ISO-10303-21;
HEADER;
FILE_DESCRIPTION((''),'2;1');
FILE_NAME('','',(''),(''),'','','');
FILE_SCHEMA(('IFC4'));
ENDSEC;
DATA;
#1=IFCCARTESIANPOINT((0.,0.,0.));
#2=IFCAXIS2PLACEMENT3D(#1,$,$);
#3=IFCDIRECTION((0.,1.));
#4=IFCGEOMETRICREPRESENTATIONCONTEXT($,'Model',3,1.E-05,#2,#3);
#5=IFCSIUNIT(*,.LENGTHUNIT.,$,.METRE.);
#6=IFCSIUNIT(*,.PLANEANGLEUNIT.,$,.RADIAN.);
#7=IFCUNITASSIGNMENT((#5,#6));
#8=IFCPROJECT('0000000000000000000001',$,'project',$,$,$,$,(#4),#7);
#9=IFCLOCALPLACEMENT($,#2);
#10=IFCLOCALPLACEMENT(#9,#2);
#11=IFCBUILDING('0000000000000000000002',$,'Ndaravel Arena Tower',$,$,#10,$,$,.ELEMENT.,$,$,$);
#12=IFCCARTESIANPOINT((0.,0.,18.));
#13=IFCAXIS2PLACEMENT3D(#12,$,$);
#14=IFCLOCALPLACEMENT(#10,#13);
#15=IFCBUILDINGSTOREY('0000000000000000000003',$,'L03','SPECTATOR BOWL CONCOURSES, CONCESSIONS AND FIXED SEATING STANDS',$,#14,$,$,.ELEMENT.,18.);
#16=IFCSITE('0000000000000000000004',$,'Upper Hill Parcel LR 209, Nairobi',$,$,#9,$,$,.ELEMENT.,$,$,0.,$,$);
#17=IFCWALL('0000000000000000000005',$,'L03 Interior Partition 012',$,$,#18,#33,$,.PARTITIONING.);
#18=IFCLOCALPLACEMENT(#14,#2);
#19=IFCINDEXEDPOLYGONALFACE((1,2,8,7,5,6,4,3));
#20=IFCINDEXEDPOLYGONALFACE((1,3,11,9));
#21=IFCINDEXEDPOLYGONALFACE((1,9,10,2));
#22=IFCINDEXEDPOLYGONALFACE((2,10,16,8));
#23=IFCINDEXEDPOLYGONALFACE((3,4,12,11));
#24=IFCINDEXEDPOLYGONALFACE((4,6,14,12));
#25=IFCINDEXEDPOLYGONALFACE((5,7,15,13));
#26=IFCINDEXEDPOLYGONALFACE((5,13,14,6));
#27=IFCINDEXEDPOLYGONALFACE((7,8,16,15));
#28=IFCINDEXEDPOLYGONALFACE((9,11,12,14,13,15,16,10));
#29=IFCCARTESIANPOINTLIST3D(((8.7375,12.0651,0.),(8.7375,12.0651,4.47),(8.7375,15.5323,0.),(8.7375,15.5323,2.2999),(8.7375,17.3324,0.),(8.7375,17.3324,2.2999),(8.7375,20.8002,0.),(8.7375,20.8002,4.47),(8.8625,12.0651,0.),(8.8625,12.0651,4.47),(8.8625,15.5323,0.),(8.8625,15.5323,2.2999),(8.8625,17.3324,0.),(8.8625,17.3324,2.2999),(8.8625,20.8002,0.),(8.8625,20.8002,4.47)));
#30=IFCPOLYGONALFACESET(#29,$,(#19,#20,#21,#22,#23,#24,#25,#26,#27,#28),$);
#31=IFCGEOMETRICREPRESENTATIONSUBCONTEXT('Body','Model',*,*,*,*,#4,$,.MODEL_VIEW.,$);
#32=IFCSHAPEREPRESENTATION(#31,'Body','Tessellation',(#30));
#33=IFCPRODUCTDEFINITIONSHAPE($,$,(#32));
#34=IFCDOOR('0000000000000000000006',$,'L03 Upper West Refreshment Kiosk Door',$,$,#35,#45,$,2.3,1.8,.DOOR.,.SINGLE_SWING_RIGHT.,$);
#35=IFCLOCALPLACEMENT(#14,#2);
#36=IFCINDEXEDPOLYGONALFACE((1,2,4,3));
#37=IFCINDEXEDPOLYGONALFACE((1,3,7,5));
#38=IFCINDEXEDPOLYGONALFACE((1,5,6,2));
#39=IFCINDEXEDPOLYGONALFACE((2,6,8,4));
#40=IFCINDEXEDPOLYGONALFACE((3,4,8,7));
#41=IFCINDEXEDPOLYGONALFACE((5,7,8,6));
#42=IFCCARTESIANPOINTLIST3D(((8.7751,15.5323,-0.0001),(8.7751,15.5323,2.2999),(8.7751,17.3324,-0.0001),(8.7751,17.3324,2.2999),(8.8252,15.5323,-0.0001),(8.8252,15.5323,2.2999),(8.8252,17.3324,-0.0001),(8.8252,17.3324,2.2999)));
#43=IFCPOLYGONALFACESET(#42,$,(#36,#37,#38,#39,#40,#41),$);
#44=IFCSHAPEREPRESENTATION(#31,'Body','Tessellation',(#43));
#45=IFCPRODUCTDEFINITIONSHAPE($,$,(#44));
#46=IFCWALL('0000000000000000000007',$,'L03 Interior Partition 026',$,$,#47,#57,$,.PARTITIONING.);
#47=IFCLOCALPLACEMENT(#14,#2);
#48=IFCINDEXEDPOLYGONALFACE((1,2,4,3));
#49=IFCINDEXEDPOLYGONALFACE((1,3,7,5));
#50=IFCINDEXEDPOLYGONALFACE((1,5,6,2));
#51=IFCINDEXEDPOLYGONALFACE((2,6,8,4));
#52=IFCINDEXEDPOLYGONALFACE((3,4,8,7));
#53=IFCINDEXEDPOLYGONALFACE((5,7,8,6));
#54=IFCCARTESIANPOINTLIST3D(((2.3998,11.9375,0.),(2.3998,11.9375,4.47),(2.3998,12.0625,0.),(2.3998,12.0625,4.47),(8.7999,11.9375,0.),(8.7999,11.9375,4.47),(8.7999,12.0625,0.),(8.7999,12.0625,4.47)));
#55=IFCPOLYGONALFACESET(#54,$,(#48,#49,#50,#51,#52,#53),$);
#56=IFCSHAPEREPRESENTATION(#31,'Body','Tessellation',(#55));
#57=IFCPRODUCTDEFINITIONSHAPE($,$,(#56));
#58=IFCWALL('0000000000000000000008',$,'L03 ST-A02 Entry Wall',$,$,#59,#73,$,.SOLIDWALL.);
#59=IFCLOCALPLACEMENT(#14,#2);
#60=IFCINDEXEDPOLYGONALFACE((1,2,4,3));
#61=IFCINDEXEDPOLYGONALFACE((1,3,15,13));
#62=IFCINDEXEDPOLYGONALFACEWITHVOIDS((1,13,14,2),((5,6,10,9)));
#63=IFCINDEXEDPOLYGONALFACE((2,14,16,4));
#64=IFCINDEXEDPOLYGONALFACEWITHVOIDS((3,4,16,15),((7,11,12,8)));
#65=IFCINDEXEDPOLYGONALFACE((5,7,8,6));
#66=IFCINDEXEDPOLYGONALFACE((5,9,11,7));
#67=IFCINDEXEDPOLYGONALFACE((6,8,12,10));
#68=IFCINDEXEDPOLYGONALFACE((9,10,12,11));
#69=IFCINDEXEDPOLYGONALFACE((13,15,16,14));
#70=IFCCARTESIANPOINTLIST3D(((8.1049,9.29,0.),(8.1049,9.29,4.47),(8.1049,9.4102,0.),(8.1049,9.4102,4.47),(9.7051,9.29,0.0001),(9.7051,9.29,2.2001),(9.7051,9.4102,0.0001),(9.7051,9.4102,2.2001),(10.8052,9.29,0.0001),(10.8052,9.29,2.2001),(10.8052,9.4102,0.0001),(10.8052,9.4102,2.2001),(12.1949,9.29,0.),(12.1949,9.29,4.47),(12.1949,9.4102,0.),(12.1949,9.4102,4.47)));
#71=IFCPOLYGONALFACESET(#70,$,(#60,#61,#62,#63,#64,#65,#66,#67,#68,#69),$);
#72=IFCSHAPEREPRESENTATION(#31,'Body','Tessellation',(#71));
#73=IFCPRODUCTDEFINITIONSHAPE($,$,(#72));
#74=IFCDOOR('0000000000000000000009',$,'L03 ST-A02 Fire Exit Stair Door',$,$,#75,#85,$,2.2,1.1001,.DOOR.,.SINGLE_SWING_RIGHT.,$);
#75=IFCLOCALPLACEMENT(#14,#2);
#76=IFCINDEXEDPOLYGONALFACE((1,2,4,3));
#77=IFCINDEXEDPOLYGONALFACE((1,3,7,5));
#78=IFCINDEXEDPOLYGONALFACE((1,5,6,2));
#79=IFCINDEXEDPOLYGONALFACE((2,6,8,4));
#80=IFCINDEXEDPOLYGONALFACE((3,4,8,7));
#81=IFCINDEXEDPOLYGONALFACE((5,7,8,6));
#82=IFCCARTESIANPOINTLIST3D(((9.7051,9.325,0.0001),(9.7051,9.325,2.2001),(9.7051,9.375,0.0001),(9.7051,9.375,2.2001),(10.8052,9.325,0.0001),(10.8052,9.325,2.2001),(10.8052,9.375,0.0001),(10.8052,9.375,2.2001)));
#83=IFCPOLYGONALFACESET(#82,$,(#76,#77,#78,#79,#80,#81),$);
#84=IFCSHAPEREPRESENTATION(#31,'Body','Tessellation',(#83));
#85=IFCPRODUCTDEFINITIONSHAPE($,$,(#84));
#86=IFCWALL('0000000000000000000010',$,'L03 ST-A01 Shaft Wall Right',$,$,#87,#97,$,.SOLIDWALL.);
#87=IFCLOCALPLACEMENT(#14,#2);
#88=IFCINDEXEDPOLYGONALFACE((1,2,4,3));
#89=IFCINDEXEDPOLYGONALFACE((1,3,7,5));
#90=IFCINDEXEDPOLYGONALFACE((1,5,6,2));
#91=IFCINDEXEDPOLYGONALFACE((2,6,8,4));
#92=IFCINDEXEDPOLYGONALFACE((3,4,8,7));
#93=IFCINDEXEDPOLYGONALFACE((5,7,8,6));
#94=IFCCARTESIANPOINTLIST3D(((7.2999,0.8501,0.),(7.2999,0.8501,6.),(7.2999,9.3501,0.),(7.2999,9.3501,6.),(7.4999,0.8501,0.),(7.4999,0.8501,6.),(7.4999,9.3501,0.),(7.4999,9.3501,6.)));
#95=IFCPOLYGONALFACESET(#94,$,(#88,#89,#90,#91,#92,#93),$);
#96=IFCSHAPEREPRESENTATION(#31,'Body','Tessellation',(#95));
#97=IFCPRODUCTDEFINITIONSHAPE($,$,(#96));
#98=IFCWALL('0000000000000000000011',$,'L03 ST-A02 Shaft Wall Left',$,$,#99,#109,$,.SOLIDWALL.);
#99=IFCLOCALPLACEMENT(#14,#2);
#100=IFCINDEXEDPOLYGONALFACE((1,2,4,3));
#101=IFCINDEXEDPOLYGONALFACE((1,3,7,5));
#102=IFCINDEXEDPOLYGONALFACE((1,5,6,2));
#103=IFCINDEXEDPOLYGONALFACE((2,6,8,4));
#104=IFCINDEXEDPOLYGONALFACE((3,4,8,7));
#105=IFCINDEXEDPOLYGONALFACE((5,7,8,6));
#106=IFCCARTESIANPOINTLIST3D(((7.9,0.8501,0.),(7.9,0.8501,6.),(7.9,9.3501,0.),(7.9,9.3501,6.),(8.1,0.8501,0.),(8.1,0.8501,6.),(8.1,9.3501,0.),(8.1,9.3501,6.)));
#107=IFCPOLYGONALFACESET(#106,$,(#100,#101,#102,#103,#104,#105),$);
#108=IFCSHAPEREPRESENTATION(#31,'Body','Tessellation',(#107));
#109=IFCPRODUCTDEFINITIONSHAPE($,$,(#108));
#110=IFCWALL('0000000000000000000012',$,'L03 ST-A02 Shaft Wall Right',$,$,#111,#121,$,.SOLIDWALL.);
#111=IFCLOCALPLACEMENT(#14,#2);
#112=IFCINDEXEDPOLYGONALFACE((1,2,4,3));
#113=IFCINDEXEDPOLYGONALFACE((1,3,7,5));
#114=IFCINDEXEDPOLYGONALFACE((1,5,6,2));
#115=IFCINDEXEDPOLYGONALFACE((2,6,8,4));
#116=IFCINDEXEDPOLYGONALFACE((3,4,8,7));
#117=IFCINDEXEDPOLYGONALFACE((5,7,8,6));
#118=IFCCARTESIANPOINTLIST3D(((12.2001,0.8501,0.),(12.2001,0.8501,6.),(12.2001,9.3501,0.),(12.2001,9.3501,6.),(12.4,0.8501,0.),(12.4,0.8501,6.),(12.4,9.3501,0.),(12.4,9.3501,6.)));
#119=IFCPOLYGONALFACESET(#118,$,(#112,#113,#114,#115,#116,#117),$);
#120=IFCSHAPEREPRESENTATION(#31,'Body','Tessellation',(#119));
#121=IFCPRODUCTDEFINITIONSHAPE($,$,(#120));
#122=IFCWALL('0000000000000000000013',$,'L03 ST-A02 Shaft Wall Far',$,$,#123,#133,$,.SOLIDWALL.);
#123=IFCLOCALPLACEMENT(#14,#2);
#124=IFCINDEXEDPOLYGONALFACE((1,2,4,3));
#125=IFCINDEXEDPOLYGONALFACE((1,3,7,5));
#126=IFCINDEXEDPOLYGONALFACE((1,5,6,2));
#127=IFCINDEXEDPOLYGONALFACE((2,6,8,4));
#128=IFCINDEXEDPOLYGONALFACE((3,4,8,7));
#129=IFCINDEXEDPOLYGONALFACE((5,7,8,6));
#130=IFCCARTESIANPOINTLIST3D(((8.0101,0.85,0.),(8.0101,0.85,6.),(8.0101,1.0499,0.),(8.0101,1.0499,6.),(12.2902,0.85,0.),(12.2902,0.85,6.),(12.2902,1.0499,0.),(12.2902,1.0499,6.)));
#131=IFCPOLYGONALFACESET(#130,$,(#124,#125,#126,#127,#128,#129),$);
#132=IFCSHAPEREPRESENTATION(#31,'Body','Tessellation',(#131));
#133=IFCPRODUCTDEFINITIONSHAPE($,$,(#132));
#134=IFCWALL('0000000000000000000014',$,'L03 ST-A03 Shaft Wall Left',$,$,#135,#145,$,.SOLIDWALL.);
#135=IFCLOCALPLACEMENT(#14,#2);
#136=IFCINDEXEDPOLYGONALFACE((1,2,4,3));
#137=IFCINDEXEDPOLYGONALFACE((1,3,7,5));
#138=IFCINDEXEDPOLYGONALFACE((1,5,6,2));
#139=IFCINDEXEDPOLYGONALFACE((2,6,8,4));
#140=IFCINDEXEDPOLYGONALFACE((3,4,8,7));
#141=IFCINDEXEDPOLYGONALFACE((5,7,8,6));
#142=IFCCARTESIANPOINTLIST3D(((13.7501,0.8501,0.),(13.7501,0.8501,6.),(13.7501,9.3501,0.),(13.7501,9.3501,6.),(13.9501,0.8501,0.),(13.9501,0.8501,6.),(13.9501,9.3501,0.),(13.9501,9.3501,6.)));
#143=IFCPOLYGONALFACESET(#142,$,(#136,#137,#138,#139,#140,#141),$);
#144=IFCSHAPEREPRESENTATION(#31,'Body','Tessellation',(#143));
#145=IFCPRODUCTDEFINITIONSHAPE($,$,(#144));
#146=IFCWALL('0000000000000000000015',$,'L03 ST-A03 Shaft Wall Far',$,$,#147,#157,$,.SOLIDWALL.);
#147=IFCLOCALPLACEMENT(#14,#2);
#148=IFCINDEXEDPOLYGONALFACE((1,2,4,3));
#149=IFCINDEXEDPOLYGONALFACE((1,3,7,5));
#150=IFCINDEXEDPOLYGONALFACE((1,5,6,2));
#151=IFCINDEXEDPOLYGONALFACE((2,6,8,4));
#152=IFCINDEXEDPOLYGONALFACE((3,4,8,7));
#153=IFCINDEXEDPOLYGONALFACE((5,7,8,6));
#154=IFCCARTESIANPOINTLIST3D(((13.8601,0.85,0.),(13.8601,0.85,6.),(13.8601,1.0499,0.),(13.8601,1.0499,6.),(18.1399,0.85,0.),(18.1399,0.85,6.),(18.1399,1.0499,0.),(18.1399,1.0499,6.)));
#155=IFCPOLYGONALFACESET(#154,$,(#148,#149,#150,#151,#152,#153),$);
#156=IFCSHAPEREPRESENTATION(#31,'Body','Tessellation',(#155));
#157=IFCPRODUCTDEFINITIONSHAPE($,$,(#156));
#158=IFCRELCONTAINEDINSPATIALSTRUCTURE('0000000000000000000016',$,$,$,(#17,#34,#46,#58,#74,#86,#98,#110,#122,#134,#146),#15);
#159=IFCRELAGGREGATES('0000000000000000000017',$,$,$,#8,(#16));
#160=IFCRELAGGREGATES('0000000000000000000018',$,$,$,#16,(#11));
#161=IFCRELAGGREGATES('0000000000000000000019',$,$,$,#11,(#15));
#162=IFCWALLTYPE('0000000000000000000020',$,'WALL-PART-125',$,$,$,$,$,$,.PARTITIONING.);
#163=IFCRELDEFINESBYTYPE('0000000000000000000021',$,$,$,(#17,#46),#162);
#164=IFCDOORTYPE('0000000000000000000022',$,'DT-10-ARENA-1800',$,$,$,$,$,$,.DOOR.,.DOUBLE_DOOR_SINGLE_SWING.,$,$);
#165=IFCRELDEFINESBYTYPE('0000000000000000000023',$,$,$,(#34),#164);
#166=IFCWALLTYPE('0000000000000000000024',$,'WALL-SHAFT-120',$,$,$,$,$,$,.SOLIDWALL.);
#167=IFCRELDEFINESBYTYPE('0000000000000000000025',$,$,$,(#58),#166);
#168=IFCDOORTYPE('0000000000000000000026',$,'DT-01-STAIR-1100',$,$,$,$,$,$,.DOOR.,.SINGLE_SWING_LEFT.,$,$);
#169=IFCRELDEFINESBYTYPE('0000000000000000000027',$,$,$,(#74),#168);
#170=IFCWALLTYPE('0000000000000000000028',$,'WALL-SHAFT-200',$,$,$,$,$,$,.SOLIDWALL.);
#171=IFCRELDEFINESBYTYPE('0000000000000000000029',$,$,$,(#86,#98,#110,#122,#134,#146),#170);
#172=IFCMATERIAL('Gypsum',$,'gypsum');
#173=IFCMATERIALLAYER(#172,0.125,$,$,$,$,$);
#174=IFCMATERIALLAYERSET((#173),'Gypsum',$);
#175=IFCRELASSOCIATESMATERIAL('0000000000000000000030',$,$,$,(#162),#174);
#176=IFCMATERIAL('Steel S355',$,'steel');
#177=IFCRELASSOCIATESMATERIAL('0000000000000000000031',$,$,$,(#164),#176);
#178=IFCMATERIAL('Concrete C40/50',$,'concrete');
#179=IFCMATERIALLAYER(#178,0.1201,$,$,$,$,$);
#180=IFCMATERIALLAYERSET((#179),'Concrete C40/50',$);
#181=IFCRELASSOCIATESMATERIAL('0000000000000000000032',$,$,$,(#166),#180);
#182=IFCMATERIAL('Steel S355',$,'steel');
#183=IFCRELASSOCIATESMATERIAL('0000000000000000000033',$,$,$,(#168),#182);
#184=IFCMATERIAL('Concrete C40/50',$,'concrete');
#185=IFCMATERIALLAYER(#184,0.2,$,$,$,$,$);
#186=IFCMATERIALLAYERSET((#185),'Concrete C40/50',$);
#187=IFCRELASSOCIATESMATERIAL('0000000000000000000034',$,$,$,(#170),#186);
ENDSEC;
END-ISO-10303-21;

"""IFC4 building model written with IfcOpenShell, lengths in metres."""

from ifc_helpers import new_model, si_unit, direction, frame, frame_2d, origin, place, context, subcontext, project, spatial, rectangle, extrude, material, layer, layer_set, type_object, element, fill, save


model = new_model("IFC4")

# Units and contexts
model_context = context("Model", 3, precision=1e-05, world=origin(), true_north=direction((0.0, 1.0)))
body_context = subcontext(model_context, "Body", "Model", "MODEL_VIEW")
ifc_project = project(units=[si_unit("LENGTHUNIT", "METRE"), si_unit("PLANEANGLEUNIT", "RADIAN")], contexts=[model_context])

# Site, building, storey
site_placement = place(None, origin())
site = spatial("IfcSite", under=ifc_project, at=site_placement, Name="Upper Hill Parcel LR 209, Nairobi", CompositionType="ELEMENT", RefElevation=0.0)
building_placement = place(site_placement, origin())
building = spatial("IfcBuilding", under=site, at=building_placement, Name="Ndaravel Arena Tower", CompositionType="ELEMENT")
storey_placement = place(building_placement, frame((0.0, 0.0, 18.0)))
storey = spatial("IfcBuildingStorey", under=building, at=storey_placement, Name="L03", Description="SPECTATOR BOWL CONCOURSES, CONCESSIONS AND FIXED SEATING STANDS", CompositionType="ELEMENT", Elevation=18.0)

# Wall, opening, door
ifc_material_1 = material(Name="Gypsum", Category="gypsum")
ifc_layer_1 = layer(ifc_material_1, 0.125)
ifc_layer_set_1 = layer_set([ifc_layer_1], Name="Gypsum")
wall_type_1 = type_object("IfcWallType", Name="WALL-PART-125", PredefinedType="PARTITIONING", material=ifc_layer_set_1)
wall_1_placement = place(storey_placement, frame((8.8, 12.0649, 0.0), z_axis=(0.0, 0.0, 1.0), x_axis=(0.0, 1.0, 0.0)))
wall_1 = element("IfcWall", 1, at=wall_1_placement, inside=storey, type_object=wall_type_1, Name="L03 Interior Partition 012", PredefinedType="PARTITIONING", context=body_context, shape_type="SweptSolid", body=[
    extrude(rectangle(XDim=8.7351, YDim=0.125, at=frame_2d((4.3677, 0.0))), origin(), (0.0, 0.0, 1.0), 4.47),
])
opening_1_placement = place(wall_1_placement, frame((3.4675, 0.0, 0.0)))
opening_1 = element("IfcOpeningElement", 2, at=opening_1_placement, cuts=wall_1, PredefinedType="OPENING", context=body_context, shape_type="SweptSolid", body=[
    extrude(rectangle(XDim=1.8, YDim=2.3, at=frame_2d((0.8999, 1.1499))), frame((0.0, 0.0625, 0.0), z_axis=(0.0, -1.0, 0.0), x_axis=(1.0, 0.0, 0.0)), (0.0, 0.0, 1.0), 0.125),
])
ifc_material_2 = material(Name="Steel S355", Category="steel")
door_type_1 = type_object("IfcDoorType", Name="DT-10-ARENA-1800", OperationType="DOUBLE_DOOR_SINGLE_SWING", PredefinedType="DOOR", material=ifc_material_2)
door_1_placement = place(opening_1_placement, origin())
door_1 = element("IfcDoor", 3, at=door_1_placement, inside=storey, type_object=door_type_1, Name="L03 Upper West Refreshment Kiosk Door", OperationType="SINGLE_SWING_RIGHT", OverallHeight=2.3, OverallWidth=1.8, PredefinedType="DOOR", context=body_context, shape_type="SweptSolid", body=[
    extrude(rectangle(XDim=1.8, YDim=2.3, at=frame_2d((0.8999, 1.1499))), frame((0.0, 0.0249, 0.0), z_axis=(0.0, -1.0, 0.0), x_axis=(1.0, 0.0, 0.0)), (0.0, 0.0, 1.0), 0.05),
])
fill(opening_1, door_1)

# Wall
wall_2_placement = place(storey_placement, frame((8.8, 12.0, 0.0), z_axis=(0.0, 0.0, 1.0), x_axis=(-1.0, 0.0, 0.0)))
element("IfcWall", 4, at=wall_2_placement, inside=storey, type_object=wall_type_1, Name="L03 Interior Partition 026", PredefinedType="PARTITIONING", context=body_context, shape_type="SweptSolid", body=[
    extrude(rectangle(XDim=6.4001, YDim=0.125, at=frame_2d((3.2002, 0.0))), origin(), (0.0, 0.0, 1.0), 4.47),
])

# Wall, opening, door
ifc_material_3 = material(Name="Concrete C40/50", Category="concrete")
ifc_layer_2 = layer(ifc_material_3, 0.1201)
ifc_layer_set_2 = layer_set([ifc_layer_2], Name="Concrete C40/50")
wall_type_2 = type_object("IfcWallType", Name="WALL-SHAFT-120", PredefinedType="SOLIDWALL", material=ifc_layer_set_2)
wall_3_placement = place(storey_placement, frame((8.105, 9.3501, 0.0), z_axis=(0.0, 0.0, 1.0), x_axis=(1.0, 0.0, 0.0)))
wall_3 = element("IfcWall", 5, at=wall_3_placement, inside=storey, type_object=wall_type_2, Name="L03 ST-A02 Entry Wall", PredefinedType="SOLIDWALL", context=body_context, shape_type="SweptSolid", body=[
    extrude(rectangle(XDim=4.0901, YDim=0.1201, at=frame_2d((2.0449, 0.0))), origin(), (0.0, 0.0, 1.0), 4.47),
])
opening_2_placement = place(wall_3_placement, frame((1.6001, 0.0, 0.0)))
opening_2 = element("IfcOpeningElement", 6, at=opening_2_placement, cuts=wall_3, PredefinedType="OPENING", context=body_context, shape_type="SweptSolid", body=[
    extrude(rectangle(XDim=1.1001, YDim=2.2, at=frame_2d((0.55, 1.1001))), frame((0.0, 0.0601, 0.0), z_axis=(0.0, -1.0, 0.0), x_axis=(1.0, 0.0, 0.0)), (0.0, 0.0, 1.0), 0.1201),
])
ifc_material_4 = material(Name="Steel S355", Category="steel")
door_type_2 = type_object("IfcDoorType", Name="DT-01-STAIR-1100", OperationType="SINGLE_SWING_LEFT", PredefinedType="DOOR", material=ifc_material_4)
door_2_placement = place(opening_2_placement, origin())
door_2 = element("IfcDoor", 7, at=door_2_placement, inside=storey, type_object=door_type_2, Name="L03 ST-A02 Fire Exit Stair Door", OperationType="SINGLE_SWING_RIGHT", OverallHeight=2.2, OverallWidth=1.1001, PredefinedType="DOOR", context=body_context, shape_type="SweptSolid", body=[
    extrude(rectangle(XDim=1.1001, YDim=2.2, at=frame_2d((0.55, 1.1001))), frame((0.0, 0.0249, 0.0), z_axis=(0.0, -1.0, 0.0), x_axis=(1.0, 0.0, 0.0)), (0.0, 0.0, 1.0), 0.05),
])
fill(opening_2, door_2)

# Walls
ifc_material_5 = material(Name="Concrete C40/50", Category="concrete")
ifc_layer_3 = layer(ifc_material_5, 0.2)
ifc_layer_set_3 = layer_set([ifc_layer_3], Name="Concrete C40/50")
wall_type_3 = type_object("IfcWallType", Name="WALL-SHAFT-200", PredefinedType="SOLIDWALL", material=ifc_layer_set_3)
for number, where, z_axis, x_axis, name in (
    (8, (7.3999, 9.3501, 0.0), (0.0, 0.0, 1.0), (0.0, -1.0, 0.0), "L03 ST-A01 Shaft Wall Right"),
    (9, (8.0, 9.3501, 0.0), (0.0, 0.0, 1.0), (0.0, -1.0, 0.0), "L03 ST-A02 Shaft Wall Left"),
    (10, (12.3, 9.3501, 0.0), (0.0, 0.0, 1.0), (0.0, -1.0, 0.0), "L03 ST-A02 Shaft Wall Right"),
):
    element("IfcWall", number, at=place(storey_placement, frame(where, z_axis=z_axis, x_axis=x_axis)), inside=storey, type_object=wall_type_3, Name=name, PredefinedType="SOLIDWALL", context=body_context, shape_type="SweptSolid", body=[
        extrude(rectangle(XDim=8.5, YDim=0.2, at=frame_2d((4.25, 0.0))), origin(), (0.0, 0.0, 1.0), 6.0),
    ])
wall_4_placement = place(storey_placement, frame((8.01, 0.95, 0.0), z_axis=(0.0, 0.0, 1.0), x_axis=(1.0, 0.0, 0.0)))
element("IfcWall", 11, at=wall_4_placement, inside=storey, type_object=wall_type_3, Name="L03 ST-A02 Shaft Wall Far", PredefinedType="SOLIDWALL", context=body_context, shape_type="SweptSolid", body=[
    extrude(rectangle(XDim=4.28, YDim=0.2, at=frame_2d((2.1401, 0.0))), origin(), (0.0, 0.0, 1.0), 6.0),
])
wall_5_placement = place(storey_placement, frame((13.8501, 9.3501, 0.0), z_axis=(0.0, 0.0, 1.0), x_axis=(0.0, -1.0, 0.0)))
element("IfcWall", 12, at=wall_5_placement, inside=storey, type_object=wall_type_3, Name="L03 ST-A03 Shaft Wall Left", PredefinedType="SOLIDWALL", context=body_context, shape_type="SweptSolid", body=[
    extrude(rectangle(XDim=8.5, YDim=0.2, at=frame_2d((4.25, 0.0))), origin(), (0.0, 0.0, 1.0), 6.0),
])
wall_6_placement = place(storey_placement, frame((13.8601, 0.95, 0.0), z_axis=(0.0, 0.0, 1.0), x_axis=(1.0, 0.0, 0.0)))
element("IfcWall", 13, at=wall_6_placement, inside=storey, type_object=wall_type_3, Name="L03 ST-A03 Shaft Wall Far", PredefinedType="SOLIDWALL", context=body_context, shape_type="SweptSolid", body=[
    extrude(rectangle(XDim=4.2798, YDim=0.2, at=frame_2d((2.1399, 0.0))), origin(), (0.0, 0.0, 1.0), 6.0),
])

save(model, "model.ifc")
